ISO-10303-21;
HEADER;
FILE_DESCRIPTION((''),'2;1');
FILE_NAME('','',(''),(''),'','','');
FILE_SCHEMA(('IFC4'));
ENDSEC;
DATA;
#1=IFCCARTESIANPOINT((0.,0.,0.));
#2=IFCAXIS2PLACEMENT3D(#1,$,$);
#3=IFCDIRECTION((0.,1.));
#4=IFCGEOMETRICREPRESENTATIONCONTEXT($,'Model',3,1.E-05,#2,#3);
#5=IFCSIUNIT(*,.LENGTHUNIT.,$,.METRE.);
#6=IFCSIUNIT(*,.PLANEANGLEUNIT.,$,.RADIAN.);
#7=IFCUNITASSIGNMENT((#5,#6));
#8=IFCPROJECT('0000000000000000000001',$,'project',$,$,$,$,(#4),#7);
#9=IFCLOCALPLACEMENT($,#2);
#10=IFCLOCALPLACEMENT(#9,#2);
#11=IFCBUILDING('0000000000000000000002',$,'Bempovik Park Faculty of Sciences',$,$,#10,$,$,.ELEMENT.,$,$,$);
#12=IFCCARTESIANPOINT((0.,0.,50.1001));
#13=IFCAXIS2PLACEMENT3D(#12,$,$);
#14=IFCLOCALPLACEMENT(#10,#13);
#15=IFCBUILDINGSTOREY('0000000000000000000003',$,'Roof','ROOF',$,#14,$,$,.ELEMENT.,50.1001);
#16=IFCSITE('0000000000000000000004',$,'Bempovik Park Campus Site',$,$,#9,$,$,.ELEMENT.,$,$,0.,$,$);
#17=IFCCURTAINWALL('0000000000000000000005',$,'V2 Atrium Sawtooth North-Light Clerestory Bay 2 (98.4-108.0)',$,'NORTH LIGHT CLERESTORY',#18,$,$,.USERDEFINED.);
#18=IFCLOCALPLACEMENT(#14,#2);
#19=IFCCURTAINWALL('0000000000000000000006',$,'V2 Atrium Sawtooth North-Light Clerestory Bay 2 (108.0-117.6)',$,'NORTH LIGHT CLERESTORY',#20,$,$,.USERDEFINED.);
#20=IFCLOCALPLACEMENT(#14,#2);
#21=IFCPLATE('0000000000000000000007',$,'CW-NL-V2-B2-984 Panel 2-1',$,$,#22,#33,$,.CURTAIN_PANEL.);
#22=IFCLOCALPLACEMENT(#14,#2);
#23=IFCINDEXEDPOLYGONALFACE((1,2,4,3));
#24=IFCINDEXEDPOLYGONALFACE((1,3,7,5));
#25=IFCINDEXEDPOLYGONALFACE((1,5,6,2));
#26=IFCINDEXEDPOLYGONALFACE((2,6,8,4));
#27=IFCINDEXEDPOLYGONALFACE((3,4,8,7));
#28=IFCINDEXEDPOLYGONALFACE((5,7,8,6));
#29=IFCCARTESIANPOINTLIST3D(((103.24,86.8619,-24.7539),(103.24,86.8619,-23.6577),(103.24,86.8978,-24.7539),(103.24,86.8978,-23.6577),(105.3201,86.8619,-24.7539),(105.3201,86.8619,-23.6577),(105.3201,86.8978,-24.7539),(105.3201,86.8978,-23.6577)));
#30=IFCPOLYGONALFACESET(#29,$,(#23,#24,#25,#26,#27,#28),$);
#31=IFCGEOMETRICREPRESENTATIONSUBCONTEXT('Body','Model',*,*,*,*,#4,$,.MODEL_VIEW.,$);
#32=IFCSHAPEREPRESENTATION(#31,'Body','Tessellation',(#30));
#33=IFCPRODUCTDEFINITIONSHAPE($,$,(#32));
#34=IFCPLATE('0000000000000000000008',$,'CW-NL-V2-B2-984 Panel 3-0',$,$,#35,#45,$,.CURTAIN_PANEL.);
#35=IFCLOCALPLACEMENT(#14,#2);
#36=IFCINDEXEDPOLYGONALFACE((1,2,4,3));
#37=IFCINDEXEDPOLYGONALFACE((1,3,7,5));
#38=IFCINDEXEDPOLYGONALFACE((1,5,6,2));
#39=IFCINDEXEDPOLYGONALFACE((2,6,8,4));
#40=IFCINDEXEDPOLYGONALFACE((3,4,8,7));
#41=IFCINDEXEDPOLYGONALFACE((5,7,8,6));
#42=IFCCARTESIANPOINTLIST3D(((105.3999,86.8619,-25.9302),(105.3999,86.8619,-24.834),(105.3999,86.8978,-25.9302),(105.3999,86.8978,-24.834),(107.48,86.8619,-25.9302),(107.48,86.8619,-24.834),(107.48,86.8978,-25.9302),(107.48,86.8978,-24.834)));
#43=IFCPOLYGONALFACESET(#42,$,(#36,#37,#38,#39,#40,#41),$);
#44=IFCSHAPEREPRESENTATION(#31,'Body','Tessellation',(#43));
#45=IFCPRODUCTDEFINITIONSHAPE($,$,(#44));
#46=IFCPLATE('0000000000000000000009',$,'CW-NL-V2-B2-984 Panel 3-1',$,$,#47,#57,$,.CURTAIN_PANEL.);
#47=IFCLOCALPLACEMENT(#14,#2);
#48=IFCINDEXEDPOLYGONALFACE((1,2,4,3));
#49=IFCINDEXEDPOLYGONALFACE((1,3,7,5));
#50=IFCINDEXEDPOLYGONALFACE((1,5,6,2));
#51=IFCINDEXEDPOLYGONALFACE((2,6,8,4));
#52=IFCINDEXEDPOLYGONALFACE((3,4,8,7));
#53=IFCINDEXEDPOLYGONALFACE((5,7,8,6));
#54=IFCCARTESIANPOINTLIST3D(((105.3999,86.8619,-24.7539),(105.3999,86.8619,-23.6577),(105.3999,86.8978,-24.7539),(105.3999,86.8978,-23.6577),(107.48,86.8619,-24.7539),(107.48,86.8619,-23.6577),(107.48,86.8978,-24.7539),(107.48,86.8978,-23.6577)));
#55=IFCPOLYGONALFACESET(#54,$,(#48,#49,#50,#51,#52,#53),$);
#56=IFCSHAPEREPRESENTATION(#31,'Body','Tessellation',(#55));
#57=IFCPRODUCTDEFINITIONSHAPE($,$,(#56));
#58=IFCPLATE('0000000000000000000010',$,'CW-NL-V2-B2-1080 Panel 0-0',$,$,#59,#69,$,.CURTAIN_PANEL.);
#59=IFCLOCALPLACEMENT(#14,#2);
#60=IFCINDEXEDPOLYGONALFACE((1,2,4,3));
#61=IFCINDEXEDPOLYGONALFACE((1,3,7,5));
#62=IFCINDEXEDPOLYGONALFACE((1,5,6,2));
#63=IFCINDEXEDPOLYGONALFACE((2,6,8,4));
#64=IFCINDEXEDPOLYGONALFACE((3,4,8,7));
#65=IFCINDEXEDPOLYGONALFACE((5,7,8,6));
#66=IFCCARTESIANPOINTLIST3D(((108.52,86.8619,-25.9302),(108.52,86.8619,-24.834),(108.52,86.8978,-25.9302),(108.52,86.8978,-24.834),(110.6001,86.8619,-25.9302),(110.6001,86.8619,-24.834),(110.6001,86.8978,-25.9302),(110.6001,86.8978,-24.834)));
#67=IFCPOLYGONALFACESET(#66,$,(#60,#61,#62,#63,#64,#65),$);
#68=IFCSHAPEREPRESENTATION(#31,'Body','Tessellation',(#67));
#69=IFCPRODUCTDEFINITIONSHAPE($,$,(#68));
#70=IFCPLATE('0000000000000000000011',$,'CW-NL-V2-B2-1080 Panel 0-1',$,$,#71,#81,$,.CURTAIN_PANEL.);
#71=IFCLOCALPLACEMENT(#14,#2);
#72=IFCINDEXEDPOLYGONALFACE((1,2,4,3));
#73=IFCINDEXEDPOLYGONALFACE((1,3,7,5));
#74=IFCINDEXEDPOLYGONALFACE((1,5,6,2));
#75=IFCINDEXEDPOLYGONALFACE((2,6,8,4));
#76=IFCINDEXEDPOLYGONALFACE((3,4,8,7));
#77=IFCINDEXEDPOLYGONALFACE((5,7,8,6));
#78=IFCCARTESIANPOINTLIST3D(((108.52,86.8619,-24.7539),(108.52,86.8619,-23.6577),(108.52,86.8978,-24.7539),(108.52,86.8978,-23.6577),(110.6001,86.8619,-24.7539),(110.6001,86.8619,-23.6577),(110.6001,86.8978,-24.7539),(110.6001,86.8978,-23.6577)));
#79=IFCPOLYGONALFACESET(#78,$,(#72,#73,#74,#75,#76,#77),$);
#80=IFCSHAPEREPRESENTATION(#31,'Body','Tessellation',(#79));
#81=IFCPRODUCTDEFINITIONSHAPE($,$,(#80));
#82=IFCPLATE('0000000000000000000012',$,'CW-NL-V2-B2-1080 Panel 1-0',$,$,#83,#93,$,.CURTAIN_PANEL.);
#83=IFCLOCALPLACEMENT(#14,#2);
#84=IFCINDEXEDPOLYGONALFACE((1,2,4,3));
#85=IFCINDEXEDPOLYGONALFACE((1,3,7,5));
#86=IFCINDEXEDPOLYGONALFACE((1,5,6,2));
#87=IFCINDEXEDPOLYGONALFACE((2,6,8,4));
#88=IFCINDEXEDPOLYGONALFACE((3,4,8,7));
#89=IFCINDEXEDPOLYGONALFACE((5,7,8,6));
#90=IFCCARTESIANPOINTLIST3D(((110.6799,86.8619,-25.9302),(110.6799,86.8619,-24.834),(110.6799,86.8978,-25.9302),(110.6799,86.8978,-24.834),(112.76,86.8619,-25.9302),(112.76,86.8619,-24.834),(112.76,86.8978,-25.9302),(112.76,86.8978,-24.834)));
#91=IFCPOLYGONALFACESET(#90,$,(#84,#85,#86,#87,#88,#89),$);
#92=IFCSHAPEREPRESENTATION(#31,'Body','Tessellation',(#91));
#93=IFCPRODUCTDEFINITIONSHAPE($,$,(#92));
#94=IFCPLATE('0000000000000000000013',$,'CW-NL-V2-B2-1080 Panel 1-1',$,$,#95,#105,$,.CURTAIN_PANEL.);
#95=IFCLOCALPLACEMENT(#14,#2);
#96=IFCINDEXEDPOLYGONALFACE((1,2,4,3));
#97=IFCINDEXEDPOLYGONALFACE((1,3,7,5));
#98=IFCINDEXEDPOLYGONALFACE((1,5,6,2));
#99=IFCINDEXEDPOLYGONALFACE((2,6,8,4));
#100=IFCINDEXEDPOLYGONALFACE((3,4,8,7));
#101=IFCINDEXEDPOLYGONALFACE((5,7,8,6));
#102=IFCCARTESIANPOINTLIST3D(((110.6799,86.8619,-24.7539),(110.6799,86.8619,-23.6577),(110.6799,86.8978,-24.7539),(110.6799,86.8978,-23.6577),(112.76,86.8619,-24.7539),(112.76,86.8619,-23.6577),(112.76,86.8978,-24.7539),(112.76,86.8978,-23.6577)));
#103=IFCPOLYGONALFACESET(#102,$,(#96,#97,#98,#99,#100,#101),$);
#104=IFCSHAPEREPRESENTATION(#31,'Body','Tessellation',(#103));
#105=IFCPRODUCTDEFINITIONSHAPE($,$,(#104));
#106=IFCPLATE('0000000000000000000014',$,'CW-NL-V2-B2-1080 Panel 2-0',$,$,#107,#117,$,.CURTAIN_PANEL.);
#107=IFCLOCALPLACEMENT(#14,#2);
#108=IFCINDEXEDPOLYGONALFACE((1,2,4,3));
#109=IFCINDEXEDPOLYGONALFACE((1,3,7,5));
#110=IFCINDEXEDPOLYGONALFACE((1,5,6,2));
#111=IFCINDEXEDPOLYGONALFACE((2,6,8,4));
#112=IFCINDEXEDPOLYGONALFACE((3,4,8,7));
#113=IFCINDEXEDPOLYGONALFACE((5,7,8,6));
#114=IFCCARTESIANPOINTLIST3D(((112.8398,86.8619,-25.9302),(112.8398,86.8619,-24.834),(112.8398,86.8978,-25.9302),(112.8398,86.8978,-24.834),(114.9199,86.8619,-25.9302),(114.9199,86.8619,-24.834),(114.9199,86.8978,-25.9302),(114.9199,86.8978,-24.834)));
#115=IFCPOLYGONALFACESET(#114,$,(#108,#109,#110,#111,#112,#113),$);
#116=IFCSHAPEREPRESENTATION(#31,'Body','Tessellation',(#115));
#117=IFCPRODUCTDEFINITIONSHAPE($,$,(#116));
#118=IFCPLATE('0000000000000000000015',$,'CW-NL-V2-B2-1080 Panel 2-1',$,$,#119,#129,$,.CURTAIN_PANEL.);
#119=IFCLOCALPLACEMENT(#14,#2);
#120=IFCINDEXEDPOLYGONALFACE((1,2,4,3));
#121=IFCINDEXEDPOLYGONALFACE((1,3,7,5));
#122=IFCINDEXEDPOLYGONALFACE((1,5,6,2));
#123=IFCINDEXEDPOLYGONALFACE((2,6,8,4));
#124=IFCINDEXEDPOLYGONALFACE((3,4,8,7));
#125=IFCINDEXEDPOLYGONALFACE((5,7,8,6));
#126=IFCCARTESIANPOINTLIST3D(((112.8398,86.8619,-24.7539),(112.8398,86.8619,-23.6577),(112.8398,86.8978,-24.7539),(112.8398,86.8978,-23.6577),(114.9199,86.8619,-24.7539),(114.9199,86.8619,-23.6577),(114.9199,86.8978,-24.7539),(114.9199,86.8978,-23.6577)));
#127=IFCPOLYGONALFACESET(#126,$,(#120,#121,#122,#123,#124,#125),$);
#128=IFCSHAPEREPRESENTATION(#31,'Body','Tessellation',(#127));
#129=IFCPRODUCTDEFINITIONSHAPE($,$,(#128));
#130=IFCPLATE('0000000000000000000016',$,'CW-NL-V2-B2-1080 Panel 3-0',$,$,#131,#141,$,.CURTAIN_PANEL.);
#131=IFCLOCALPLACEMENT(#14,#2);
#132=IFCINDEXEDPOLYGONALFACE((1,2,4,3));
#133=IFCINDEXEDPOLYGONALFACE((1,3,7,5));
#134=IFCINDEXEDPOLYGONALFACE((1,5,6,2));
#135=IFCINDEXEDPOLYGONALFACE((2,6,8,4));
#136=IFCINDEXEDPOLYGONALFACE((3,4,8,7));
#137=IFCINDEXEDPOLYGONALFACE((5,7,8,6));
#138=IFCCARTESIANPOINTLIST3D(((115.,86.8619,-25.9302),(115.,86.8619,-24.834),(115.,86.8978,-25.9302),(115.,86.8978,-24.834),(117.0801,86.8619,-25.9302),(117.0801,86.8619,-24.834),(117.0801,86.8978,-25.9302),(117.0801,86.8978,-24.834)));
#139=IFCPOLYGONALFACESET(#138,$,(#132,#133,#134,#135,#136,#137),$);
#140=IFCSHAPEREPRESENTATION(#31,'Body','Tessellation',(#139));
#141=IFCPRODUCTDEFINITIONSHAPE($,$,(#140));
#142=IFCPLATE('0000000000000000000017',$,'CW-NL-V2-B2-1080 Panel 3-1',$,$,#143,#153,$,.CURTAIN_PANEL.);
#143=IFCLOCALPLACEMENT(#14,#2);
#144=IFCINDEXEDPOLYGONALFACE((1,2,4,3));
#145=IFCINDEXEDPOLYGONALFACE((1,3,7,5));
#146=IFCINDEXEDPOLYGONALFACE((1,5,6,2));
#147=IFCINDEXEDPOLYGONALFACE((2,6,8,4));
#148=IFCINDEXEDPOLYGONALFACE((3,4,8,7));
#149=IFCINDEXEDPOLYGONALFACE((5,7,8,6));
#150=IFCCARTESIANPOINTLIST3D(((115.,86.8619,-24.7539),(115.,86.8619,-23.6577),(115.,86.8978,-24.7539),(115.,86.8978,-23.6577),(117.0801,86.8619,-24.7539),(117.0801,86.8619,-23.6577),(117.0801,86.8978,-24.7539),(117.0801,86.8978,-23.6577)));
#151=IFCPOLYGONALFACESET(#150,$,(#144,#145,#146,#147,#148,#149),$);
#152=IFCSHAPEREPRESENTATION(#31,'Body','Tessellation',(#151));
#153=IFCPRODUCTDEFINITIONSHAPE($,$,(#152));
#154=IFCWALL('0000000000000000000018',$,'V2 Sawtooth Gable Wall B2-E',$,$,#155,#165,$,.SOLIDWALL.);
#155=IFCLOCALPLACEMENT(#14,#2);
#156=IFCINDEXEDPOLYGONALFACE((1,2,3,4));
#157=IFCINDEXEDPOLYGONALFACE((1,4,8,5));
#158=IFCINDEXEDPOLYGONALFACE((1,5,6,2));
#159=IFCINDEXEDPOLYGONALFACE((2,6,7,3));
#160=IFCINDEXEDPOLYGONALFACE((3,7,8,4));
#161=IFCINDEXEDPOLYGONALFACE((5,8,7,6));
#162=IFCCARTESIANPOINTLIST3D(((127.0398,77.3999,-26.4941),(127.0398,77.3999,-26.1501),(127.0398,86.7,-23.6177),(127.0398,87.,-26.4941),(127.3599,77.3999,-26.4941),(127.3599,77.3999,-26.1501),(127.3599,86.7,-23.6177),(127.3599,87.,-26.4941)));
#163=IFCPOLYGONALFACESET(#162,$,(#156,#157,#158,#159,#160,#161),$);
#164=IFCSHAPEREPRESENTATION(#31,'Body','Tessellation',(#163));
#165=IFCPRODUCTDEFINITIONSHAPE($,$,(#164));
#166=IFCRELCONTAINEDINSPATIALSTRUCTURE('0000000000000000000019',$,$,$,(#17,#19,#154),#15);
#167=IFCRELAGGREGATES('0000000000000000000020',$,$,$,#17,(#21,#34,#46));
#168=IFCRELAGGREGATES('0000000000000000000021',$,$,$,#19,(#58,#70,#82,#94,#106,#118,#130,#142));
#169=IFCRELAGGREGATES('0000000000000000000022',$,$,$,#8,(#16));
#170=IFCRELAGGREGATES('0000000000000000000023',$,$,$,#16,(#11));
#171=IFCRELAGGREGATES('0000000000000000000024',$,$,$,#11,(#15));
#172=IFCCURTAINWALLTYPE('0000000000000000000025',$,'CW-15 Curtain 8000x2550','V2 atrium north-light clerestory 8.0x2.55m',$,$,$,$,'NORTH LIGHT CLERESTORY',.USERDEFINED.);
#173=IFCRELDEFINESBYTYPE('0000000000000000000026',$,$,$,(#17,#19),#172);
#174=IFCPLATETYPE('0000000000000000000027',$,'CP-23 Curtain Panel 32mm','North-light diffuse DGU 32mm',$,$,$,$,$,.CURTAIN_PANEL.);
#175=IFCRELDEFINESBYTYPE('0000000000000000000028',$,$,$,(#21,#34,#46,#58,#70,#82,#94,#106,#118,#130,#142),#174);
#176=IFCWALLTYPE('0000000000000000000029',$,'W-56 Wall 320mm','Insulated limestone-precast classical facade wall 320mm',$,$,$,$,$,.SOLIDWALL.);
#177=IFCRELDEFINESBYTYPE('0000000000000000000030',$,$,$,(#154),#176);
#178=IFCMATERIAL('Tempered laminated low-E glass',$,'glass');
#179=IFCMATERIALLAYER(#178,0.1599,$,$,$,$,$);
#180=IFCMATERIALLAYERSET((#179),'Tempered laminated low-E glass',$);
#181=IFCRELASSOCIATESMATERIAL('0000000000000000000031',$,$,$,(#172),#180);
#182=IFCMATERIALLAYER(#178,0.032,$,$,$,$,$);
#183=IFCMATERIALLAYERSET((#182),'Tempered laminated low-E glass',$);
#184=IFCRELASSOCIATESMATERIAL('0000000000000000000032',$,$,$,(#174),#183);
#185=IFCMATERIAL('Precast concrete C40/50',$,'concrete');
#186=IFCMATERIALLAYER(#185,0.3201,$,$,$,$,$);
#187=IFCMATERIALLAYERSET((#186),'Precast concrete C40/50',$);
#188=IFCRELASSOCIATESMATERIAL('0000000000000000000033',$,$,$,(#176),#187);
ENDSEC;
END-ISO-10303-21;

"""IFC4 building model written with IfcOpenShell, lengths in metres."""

from ifc_helpers import new_model, si_unit, direction, frame, origin, origin_2d, place, context, subcontext, project, spatial, polyline, rectangle, outline, extrude, material, layer, layer_set, type_object, element, aggregate, save


model = new_model("IFC4")

# Units and contexts
model_context = context("Model", 3, precision=1e-05, world=origin(), true_north=direction((0.0, 1.0)))
body_context = subcontext(model_context, "Body", "Model", "MODEL_VIEW")
ifc_project = project(units=[si_unit("LENGTHUNIT", "METRE"), si_unit("PLANEANGLEUNIT", "RADIAN")], contexts=[model_context])

# Site, building, storey
site_placement = place(None, origin())
site = spatial("IfcSite", under=ifc_project, at=site_placement, Name="Bempovik Park Campus Site", CompositionType="ELEMENT", RefElevation=0.0)
building_placement = place(site_placement, origin())
building = spatial("IfcBuilding", under=site, at=building_placement, Name="Bempovik Park Faculty of Sciences", CompositionType="ELEMENT")
storey_placement = place(building_placement, frame((0.0, 0.0, 50.1001)))
storey = spatial("IfcBuildingStorey", under=building, at=storey_placement, Name="Roof", Description="ROOF", CompositionType="ELEMENT", Elevation=50.1001)

# Shared definitions
ifc_material_1 = material(Name="Tempered laminated low-E glass", Category="glass")

# Curtain walls
ifc_layer_1 = layer(ifc_material_1, 0.1599)
ifc_layer_set_1 = layer_set([ifc_layer_1], Name="Tempered laminated low-E glass")
curtain_wall_type_1 = type_object("IfcCurtainWallType", Name="CW-15 Curtain 8000x2550", Description="V2 atrium north-light clerestory 8.0x2.55m", ElementType="NORTH LIGHT CLERESTORY", PredefinedType="USERDEFINED", material=ifc_layer_set_1)
curtain_wall_1_placement = place(storey_placement, origin())
curtain_wall_1 = element("IfcCurtainWall", 1, at=curtain_wall_1_placement, inside=storey, type_object=curtain_wall_type_1, Name="V2 Atrium Sawtooth North-Light Clerestory Bay 2 (98.4-108.0)", ObjectType="NORTH LIGHT CLERESTORY", PredefinedType="USERDEFINED")
curtain_wall_2_placement = place(storey_placement, origin())
curtain_wall_2 = element("IfcCurtainWall", 2, at=curtain_wall_2_placement, inside=storey, type_object=curtain_wall_type_1, Name="V2 Atrium Sawtooth North-Light Clerestory Bay 2 (108.0-117.6)", ObjectType="NORTH LIGHT CLERESTORY", PredefinedType="USERDEFINED")

# Plates
ifc_layer_2 = layer(ifc_material_1, 0.032)
ifc_layer_set_2 = layer_set([ifc_layer_2], Name="Tempered laminated low-E glass")
plate_type = type_object("IfcPlateType", Name="CP-23 Curtain Panel 32mm", Description="North-light diffuse DGU 32mm", PredefinedType="CURTAIN_PANEL", material=ifc_layer_set_2)
plate_1_placement = place(storey_placement, frame((104.28, 86.8799, -24.7539), z_axis=(0.0, 0.0, 1.0), x_axis=(1.0, 0.0, 0.0)))
plate_1 = element("IfcPlate", 3, at=plate_1_placement, type_object=plate_type, Name="CW-NL-V2-B2-984 Panel 2-1", PredefinedType="CURTAIN_PANEL", context=body_context, shape_type="SweptSolid", body=[
    extrude(rectangle(XDim=2.0801, YDim=0.0359, at=origin_2d()), origin(), (0.0, 0.0, 1.0), 1.0962),
])
plate_2_placement = place(storey_placement, frame((106.4399, 86.8799, -25.9302), z_axis=(0.0, 0.0, 1.0), x_axis=(1.0, 0.0, 0.0)))
plate_2 = element("IfcPlate", 4, at=plate_2_placement, type_object=plate_type, Name="CW-NL-V2-B2-984 Panel 3-0", PredefinedType="CURTAIN_PANEL", context=body_context, shape_type="SweptSolid", body=[
    extrude(rectangle(XDim=2.0801, YDim=0.0359, at=origin_2d()), origin(), (0.0, 0.0, 1.0), 1.0962),
])
plate_3_placement = place(storey_placement, frame((106.4399, 86.8799, -24.7539), z_axis=(0.0, 0.0, 1.0), x_axis=(1.0, 0.0, 0.0)))
plate_3 = element("IfcPlate", 5, at=plate_3_placement, type_object=plate_type, Name="CW-NL-V2-B2-984 Panel 3-1", PredefinedType="CURTAIN_PANEL", context=body_context, shape_type="SweptSolid", body=[
    extrude(rectangle(XDim=2.0801, YDim=0.0359, at=origin_2d()), origin(), (0.0, 0.0, 1.0), 1.0962),
])
aggregate(curtain_wall_1, [plate_1, plate_2, plate_3])
plate_4_placement = place(storey_placement, frame((109.5601, 86.8799, -25.9302), z_axis=(0.0, 0.0, 1.0), x_axis=(1.0, 0.0, 0.0)))
plate_4 = element("IfcPlate", 6, at=plate_4_placement, type_object=plate_type, Name="CW-NL-V2-B2-1080 Panel 0-0", PredefinedType="CURTAIN_PANEL", context=body_context, shape_type="SweptSolid", body=[
    extrude(rectangle(XDim=2.0801, YDim=0.0359, at=origin_2d()), origin(), (0.0, 0.0, 1.0), 1.0962),
])
plate_5_placement = place(storey_placement, frame((109.5601, 86.8799, -24.7539), z_axis=(0.0, 0.0, 1.0), x_axis=(1.0, 0.0, 0.0)))
plate_5 = element("IfcPlate", 7, at=plate_5_placement, type_object=plate_type, Name="CW-NL-V2-B2-1080 Panel 0-1", PredefinedType="CURTAIN_PANEL", context=body_context, shape_type="SweptSolid", body=[
    extrude(rectangle(XDim=2.0801, YDim=0.0359, at=origin_2d()), origin(), (0.0, 0.0, 1.0), 1.0962),
])
plate_6_placement = place(storey_placement, frame((111.72, 86.8799, -25.9302), z_axis=(0.0, 0.0, 1.0), x_axis=(1.0, 0.0, 0.0)))
plate_6 = element("IfcPlate", 8, at=plate_6_placement, type_object=plate_type, Name="CW-NL-V2-B2-1080 Panel 1-0", PredefinedType="CURTAIN_PANEL", context=body_context, shape_type="SweptSolid", body=[
    extrude(rectangle(XDim=2.0801, YDim=0.0359, at=origin_2d()), origin(), (0.0, 0.0, 1.0), 1.0962),
])
plate_7_placement = place(storey_placement, frame((111.72, 86.8799, -24.7539), z_axis=(0.0, 0.0, 1.0), x_axis=(1.0, 0.0, 0.0)))
plate_7 = element("IfcPlate", 9, at=plate_7_placement, type_object=plate_type, Name="CW-NL-V2-B2-1080 Panel 1-1", PredefinedType="CURTAIN_PANEL", context=body_context, shape_type="SweptSolid", body=[
    extrude(rectangle(XDim=2.0801, YDim=0.0359, at=origin_2d()), origin(), (0.0, 0.0, 1.0), 1.0962),
])
plate_8_placement = place(storey_placement, frame((113.8799, 86.8799, -25.9302), z_axis=(0.0, 0.0, 1.0), x_axis=(1.0, 0.0, 0.0)))
plate_8 = element("IfcPlate", 10, at=plate_8_placement, type_object=plate_type, Name="CW-NL-V2-B2-1080 Panel 2-0", PredefinedType="CURTAIN_PANEL", context=body_context, shape_type="SweptSolid", body=[
    extrude(rectangle(XDim=2.0801, YDim=0.0359, at=origin_2d()), origin(), (0.0, 0.0, 1.0), 1.0962),
])
plate_9_placement = place(storey_placement, frame((113.8799, 86.8799, -24.7539), z_axis=(0.0, 0.0, 1.0), x_axis=(1.0, 0.0, 0.0)))
plate_9 = element("IfcPlate", 11, at=plate_9_placement, type_object=plate_type, Name="CW-NL-V2-B2-1080 Panel 2-1", PredefinedType="CURTAIN_PANEL", context=body_context, shape_type="SweptSolid", body=[
    extrude(rectangle(XDim=2.0801, YDim=0.0359, at=origin_2d()), origin(), (0.0, 0.0, 1.0), 1.0962),
])
plate_10_placement = place(storey_placement, frame((116.04, 86.8799, -25.9302), z_axis=(0.0, 0.0, 1.0), x_axis=(1.0, 0.0, 0.0)))
plate_10 = element("IfcPlate", 12, at=plate_10_placement, type_object=plate_type, Name="CW-NL-V2-B2-1080 Panel 3-0", PredefinedType="CURTAIN_PANEL", context=body_context, shape_type="SweptSolid", body=[
    extrude(rectangle(XDim=2.0801, YDim=0.0359, at=origin_2d()), origin(), (0.0, 0.0, 1.0), 1.0962),
])
plate_11_placement = place(storey_placement, frame((116.04, 86.8799, -24.7539), z_axis=(0.0, 0.0, 1.0), x_axis=(1.0, 0.0, 0.0)))
plate_11 = element("IfcPlate", 13, at=plate_11_placement, type_object=plate_type, Name="CW-NL-V2-B2-1080 Panel 3-1", PredefinedType="CURTAIN_PANEL", context=body_context, shape_type="SweptSolid", body=[
    extrude(rectangle(XDim=2.0801, YDim=0.0359, at=origin_2d()), origin(), (0.0, 0.0, 1.0), 1.0962),
])
aggregate(curtain_wall_2, [plate_4, plate_5, plate_6, plate_7, plate_8, plate_9, plate_10, plate_11])

# Wall
ifc_material_2 = material(Name="Precast concrete C40/50", Category="concrete")
ifc_layer_3 = layer(ifc_material_2, 0.3201)
ifc_layer_set_3 = layer_set([ifc_layer_3], Name="Precast concrete C40/50")
wall_type = type_object("IfcWallType", Name="W-56 Wall 320mm", Description="Insulated limestone-precast classical facade wall 320mm", PredefinedType="SOLIDWALL", material=ifc_layer_set_3)
wall_placement = place(storey_placement, frame((127.2, 77.3999, -26.4941), z_axis=(0.0, 0.0, 1.0), x_axis=(0.0, 1.0, 0.0)))
element("IfcWall", 14, at=wall_placement, inside=storey, type_object=wall_type, Name="V2 Sawtooth Gable Wall B2-E", PredefinedType="SOLIDWALL", context=body_context, shape_type="SweptSolid", body=[
    extrude(outline(polyline([(0.0, 0.0), (9.6001, 0.0), (9.3, 2.8765), (0.0, 0.344), (0.0, 0.0)])), frame((0.0, 0.1602, 0.0), z_axis=(0.0, -1.0, 0.0), x_axis=(1.0, 0.0, 0.0)), (0.0, 0.0, 1.0), 0.3201),
])

save(model, "model.ifc")
